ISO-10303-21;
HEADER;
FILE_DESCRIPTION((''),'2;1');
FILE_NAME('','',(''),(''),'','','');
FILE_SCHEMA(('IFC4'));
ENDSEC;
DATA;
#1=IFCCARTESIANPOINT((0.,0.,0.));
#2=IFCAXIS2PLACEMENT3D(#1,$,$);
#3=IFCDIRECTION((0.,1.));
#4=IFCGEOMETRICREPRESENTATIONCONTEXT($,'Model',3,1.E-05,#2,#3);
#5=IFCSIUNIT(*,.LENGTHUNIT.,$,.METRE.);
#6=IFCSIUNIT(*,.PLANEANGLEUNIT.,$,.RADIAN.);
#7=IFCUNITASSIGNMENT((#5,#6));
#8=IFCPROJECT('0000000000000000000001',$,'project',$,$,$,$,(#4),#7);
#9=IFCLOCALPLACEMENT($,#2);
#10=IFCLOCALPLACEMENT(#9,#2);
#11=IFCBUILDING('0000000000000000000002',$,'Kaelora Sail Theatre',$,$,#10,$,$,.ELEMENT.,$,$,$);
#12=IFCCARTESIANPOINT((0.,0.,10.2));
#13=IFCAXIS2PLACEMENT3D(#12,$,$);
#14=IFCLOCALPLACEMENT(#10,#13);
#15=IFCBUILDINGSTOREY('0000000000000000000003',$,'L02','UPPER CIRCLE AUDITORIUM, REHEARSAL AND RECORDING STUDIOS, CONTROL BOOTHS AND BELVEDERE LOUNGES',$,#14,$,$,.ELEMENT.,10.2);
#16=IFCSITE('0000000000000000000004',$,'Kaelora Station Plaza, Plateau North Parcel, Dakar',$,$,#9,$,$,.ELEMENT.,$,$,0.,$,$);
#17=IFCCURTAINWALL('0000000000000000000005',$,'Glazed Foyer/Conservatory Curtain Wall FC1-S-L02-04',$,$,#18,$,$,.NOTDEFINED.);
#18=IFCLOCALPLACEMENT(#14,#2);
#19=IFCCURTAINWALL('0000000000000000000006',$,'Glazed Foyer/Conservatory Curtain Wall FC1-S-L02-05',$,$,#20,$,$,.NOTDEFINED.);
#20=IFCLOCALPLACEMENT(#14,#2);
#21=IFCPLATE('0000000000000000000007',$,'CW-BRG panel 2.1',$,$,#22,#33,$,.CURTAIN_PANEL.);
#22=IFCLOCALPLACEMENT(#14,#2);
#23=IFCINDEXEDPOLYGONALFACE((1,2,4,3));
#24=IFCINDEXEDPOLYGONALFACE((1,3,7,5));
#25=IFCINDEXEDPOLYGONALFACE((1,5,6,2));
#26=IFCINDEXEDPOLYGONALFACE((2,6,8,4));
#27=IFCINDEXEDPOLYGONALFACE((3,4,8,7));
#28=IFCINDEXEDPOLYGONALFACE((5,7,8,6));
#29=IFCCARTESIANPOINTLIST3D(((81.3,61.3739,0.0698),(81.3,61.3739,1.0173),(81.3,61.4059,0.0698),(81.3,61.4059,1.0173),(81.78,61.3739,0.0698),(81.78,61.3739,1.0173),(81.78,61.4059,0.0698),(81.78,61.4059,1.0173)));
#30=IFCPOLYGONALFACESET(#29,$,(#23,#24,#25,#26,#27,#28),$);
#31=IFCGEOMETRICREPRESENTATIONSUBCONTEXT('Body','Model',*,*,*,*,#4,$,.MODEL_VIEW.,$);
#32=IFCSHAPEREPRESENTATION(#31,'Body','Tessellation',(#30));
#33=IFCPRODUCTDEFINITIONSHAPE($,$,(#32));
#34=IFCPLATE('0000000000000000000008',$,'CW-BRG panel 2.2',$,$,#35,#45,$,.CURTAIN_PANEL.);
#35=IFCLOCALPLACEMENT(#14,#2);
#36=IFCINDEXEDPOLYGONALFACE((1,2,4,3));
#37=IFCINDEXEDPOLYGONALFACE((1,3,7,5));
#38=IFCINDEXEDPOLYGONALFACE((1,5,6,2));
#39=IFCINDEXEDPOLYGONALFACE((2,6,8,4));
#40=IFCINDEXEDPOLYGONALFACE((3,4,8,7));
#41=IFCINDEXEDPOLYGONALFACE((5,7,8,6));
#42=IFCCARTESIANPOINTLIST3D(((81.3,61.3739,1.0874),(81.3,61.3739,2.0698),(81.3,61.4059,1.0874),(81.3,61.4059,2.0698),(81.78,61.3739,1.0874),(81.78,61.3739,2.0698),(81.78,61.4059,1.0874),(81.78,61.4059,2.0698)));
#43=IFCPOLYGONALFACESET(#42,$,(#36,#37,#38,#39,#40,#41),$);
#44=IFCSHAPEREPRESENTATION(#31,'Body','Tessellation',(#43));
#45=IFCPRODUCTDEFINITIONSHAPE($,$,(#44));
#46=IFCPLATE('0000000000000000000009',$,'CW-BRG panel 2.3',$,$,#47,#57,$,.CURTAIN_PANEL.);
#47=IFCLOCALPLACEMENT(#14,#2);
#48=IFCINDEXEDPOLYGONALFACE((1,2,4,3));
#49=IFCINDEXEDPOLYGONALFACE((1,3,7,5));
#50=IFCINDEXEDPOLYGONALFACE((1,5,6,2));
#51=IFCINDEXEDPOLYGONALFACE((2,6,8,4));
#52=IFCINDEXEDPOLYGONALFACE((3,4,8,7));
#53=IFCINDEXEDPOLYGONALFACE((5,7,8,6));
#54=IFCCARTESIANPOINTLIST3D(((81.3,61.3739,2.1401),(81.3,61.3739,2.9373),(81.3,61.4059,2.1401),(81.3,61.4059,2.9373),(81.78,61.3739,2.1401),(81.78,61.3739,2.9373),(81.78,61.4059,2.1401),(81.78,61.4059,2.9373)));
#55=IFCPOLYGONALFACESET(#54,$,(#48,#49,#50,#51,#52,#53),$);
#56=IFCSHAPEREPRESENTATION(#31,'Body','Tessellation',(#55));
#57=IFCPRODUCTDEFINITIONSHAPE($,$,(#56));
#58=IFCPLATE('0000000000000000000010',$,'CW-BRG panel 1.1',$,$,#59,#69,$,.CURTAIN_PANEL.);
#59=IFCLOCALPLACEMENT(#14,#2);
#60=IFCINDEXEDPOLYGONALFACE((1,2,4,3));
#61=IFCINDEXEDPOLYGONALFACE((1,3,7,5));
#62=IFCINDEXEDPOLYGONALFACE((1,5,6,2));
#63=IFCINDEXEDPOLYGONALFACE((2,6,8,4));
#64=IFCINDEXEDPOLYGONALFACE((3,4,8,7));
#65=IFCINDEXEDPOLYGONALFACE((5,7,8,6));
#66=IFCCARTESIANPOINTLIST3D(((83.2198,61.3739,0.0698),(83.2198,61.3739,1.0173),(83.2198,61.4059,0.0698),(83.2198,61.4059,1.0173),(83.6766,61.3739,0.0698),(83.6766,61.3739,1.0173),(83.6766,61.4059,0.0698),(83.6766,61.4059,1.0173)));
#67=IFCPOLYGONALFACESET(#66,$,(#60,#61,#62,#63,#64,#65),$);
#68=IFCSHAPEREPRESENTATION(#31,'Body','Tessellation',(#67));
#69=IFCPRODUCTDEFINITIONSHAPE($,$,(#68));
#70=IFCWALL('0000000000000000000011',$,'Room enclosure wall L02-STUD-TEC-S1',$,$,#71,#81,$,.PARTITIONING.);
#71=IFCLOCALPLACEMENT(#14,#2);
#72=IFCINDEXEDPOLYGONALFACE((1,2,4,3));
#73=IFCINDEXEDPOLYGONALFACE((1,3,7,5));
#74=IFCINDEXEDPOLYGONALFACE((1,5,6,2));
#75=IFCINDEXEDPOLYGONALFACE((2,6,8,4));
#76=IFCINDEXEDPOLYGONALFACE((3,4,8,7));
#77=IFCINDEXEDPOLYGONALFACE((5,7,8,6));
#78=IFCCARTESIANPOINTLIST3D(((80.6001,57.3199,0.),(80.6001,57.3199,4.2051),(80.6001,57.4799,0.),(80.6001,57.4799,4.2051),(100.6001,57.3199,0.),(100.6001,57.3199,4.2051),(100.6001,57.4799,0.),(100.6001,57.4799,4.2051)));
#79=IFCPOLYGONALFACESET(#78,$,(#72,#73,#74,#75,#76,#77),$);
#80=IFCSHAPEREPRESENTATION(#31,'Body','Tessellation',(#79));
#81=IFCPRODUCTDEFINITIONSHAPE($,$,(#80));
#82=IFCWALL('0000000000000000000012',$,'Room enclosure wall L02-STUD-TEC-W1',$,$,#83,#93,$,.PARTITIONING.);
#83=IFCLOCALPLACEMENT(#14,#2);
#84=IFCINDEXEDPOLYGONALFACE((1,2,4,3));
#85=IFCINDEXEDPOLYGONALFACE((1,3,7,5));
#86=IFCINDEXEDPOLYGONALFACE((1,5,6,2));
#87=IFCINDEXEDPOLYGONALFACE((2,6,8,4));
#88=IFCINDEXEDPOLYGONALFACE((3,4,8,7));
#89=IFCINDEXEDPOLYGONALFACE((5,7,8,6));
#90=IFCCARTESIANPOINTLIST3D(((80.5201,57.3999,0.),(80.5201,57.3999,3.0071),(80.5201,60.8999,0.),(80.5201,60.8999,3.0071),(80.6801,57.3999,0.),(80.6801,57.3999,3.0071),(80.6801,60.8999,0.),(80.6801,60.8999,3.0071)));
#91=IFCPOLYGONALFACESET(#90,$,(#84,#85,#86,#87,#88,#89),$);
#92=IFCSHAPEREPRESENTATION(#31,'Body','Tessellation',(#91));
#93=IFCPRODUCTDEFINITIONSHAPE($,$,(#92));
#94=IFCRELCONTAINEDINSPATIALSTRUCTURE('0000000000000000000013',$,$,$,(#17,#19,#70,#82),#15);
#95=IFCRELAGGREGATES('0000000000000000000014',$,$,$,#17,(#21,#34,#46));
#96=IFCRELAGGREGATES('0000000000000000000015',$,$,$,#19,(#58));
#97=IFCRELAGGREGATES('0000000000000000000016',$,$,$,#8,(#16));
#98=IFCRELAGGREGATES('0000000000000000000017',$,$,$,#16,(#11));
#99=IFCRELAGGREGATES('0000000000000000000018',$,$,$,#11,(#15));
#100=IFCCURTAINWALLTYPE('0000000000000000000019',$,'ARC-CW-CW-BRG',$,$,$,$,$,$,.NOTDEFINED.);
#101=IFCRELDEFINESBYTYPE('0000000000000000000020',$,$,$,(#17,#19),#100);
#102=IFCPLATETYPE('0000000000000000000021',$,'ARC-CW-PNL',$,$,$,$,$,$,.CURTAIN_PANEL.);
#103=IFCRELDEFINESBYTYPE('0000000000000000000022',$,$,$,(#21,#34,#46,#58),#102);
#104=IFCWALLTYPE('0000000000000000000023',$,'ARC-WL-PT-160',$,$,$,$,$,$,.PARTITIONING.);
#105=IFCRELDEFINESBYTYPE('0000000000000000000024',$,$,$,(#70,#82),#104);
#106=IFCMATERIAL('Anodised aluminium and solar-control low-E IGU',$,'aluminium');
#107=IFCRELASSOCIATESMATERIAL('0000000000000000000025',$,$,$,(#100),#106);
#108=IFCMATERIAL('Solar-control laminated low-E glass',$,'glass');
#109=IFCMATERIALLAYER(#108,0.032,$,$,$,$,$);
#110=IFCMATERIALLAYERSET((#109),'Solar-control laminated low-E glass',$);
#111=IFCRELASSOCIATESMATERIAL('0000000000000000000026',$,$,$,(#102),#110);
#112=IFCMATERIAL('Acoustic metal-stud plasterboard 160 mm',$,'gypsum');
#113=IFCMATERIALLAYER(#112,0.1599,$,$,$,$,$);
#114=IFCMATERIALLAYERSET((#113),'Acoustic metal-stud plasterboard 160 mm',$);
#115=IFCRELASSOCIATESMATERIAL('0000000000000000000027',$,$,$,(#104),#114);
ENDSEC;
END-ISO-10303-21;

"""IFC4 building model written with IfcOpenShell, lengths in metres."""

from ifc_helpers import new_model, si_unit, direction, frame, frame_2d, origin, origin_2d, place, context, subcontext, project, spatial, rectangle, extrude, material, layer, layer_set, type_object, element, aggregate, save


model = new_model("IFC4")

# Units and contexts
model_context = context("Model", 3, precision=1e-05, world=origin(), true_north=direction((0.0, 1.0)))
body_context = subcontext(model_context, "Body", "Model", "MODEL_VIEW")
ifc_project = project(units=[si_unit("LENGTHUNIT", "METRE"), si_unit("PLANEANGLEUNIT", "RADIAN")], contexts=[model_context])

# Site, building, storey
site_placement = place(None, origin())
site = spatial("IfcSite", under=ifc_project, at=site_placement, Name="Kaelora Station Plaza, Plateau North Parcel, Dakar", CompositionType="ELEMENT", RefElevation=0.0)
building_placement = place(site_placement, origin())
building = spatial("IfcBuilding", under=site, at=building_placement, Name="Kaelora Sail Theatre", CompositionType="ELEMENT")
storey_placement = place(building_placement, frame((0.0, 0.0, 10.2)))
storey = spatial("IfcBuildingStorey", under=building, at=storey_placement, Name="L02", Description="UPPER CIRCLE AUDITORIUM, REHEARSAL AND RECORDING STUDIOS, CONTROL BOOTHS AND BELVEDERE LOUNGES", CompositionType="ELEMENT", Elevation=10.2)

# Shared definitions
ifc_material_1 = material(Name="Anodised aluminium and solar-control low-E IGU", Category="aluminium")
curtain_wall_type = type_object("IfcCurtainWallType", Name="ARC-CW-CW-BRG", PredefinedType="NOTDEFINED", material=ifc_material_1)

# Curtain wall
curtain_wall_1_placement = place(storey_placement, origin())
curtain_wall_1 = element("IfcCurtainWall", 1, at=curtain_wall_1_placement, inside=storey, type_object=curtain_wall_type, Name="Glazed Foyer/Conservatory Curtain Wall FC1-S-L02-04", PredefinedType="NOTDEFINED")

# Curtain wall
curtain_wall_2_placement = place(storey_placement, origin())
curtain_wall_2 = element("IfcCurtainWall", 2, at=curtain_wall_2_placement, inside=storey, type_object=curtain_wall_type, Name="Glazed Foyer/Conservatory Curtain Wall FC1-S-L02-05", PredefinedType="NOTDEFINED")

# Plates
ifc_material_2 = material(Name="Solar-control laminated low-E glass", Category="glass")
ifc_layer_1 = layer(ifc_material_2, 0.032)
ifc_layer_set_1 = layer_set([ifc_layer_1], Name="Solar-control laminated low-E glass")
plate_type = type_object("IfcPlateType", Name="ARC-CW-PNL", PredefinedType="CURTAIN_PANEL", material=ifc_layer_set_1)
plate_1_placement = place(storey_placement, frame((81.54, 61.3899, 0.0698), z_axis=(0.0, 0.0, 1.0), x_axis=(1.0, 0.0, 0.0)))
plate_1 = element("IfcPlate", 3, at=plate_1_placement, type_object=plate_type, Name="CW-BRG panel 2.1", PredefinedType="CURTAIN_PANEL", context=body_context, shape_type="SweptSolid", body=[
    extrude(rectangle(XDim=0.48, YDim=0.032, at=origin_2d()), origin(), (0.0, 0.0, 1.0), 0.9475),
])
plate_2_placement = place(storey_placement, frame((81.54, 61.3899, 1.0874), z_axis=(0.0, 0.0, 1.0), x_axis=(1.0, 0.0, 0.0)))
plate_2 = element("IfcPlate", 4, at=plate_2_placement, type_object=plate_type, Name="CW-BRG panel 2.2", PredefinedType="CURTAIN_PANEL", context=body_context, shape_type="SweptSolid", body=[
    extrude(rectangle(XDim=0.48, YDim=0.032, at=origin_2d()), origin(), (0.0, 0.0, 1.0), 0.9824),
])
plate_3_placement = place(storey_placement, frame((81.54, 61.3899, 2.1401), z_axis=(0.0, 0.0, 1.0), x_axis=(1.0, 0.0, 0.0)))
plate_3 = element("IfcPlate", 5, at=plate_3_placement, type_object=plate_type, Name="CW-BRG panel 2.3", PredefinedType="CURTAIN_PANEL", context=body_context, shape_type="SweptSolid", body=[
    extrude(rectangle(XDim=0.48, YDim=0.032, at=origin_2d()), origin(), (0.0, 0.0, 1.0), 0.7971),
])
aggregate(curtain_wall_1, [plate_1, plate_2, plate_3])
plate_4_placement = place(storey_placement, frame((83.4482, 61.3899, 0.0698), z_axis=(0.0, 0.0, 1.0), x_axis=(1.0, 0.0, 0.0)))
plate_4 = element("IfcPlate", 6, at=plate_4_placement, type_object=plate_type, Name="CW-BRG panel 1.1", PredefinedType="CURTAIN_PANEL", context=body_context, shape_type="SweptSolid", body=[
    extrude(rectangle(XDim=0.4568, YDim=0.032, at=origin_2d()), origin(), (0.0, 0.0, 1.0), 0.9475),
])
aggregate(curtain_wall_2, [plate_4])

# Walls
ifc_material_3 = material(Name="Acoustic metal-stud plasterboard 160 mm", Category="gypsum")
ifc_layer_2 = layer(ifc_material_3, 0.1599)
ifc_layer_set_2 = layer_set([ifc_layer_2], Name="Acoustic metal-stud plasterboard 160 mm")
wall_type = type_object("IfcWallType", Name="ARC-WL-PT-160", PredefinedType="PARTITIONING", material=ifc_layer_set_2)
wall_1_placement = place(storey_placement, frame((80.6001, 57.3999, 0.0), z_axis=(0.0, 0.0, 1.0), x_axis=(1.0, 0.0, 0.0)))
element("IfcWall", 7, at=wall_1_placement, inside=storey, type_object=wall_type, Name="Room enclosure wall L02-STUD-TEC-S1", PredefinedType="PARTITIONING", context=body_context, shape_type="SweptSolid", body=[
    extrude(rectangle(XDim=20.0, YDim=0.1599, at=frame_2d((10.0, 0.0))), origin(), (0.0, 0.0, 1.0), 4.2051),
])
wall_2_placement = place(storey_placement, frame((80.6001, 57.3999, 0.0), z_axis=(0.0, 0.0, 1.0), x_axis=(0.0, 1.0, 0.0)))
element("IfcWall", 8, at=wall_2_placement, inside=storey, type_object=wall_type, Name="Room enclosure wall L02-STUD-TEC-W1", PredefinedType="PARTITIONING", context=body_context, shape_type="SweptSolid", body=[
    extrude(rectangle(XDim=3.5, YDim=0.1599, at=frame_2d((1.75, 0.0))), origin(), (0.0, 0.0, 1.0), 3.0071),
])

save(model, "model.ifc")
